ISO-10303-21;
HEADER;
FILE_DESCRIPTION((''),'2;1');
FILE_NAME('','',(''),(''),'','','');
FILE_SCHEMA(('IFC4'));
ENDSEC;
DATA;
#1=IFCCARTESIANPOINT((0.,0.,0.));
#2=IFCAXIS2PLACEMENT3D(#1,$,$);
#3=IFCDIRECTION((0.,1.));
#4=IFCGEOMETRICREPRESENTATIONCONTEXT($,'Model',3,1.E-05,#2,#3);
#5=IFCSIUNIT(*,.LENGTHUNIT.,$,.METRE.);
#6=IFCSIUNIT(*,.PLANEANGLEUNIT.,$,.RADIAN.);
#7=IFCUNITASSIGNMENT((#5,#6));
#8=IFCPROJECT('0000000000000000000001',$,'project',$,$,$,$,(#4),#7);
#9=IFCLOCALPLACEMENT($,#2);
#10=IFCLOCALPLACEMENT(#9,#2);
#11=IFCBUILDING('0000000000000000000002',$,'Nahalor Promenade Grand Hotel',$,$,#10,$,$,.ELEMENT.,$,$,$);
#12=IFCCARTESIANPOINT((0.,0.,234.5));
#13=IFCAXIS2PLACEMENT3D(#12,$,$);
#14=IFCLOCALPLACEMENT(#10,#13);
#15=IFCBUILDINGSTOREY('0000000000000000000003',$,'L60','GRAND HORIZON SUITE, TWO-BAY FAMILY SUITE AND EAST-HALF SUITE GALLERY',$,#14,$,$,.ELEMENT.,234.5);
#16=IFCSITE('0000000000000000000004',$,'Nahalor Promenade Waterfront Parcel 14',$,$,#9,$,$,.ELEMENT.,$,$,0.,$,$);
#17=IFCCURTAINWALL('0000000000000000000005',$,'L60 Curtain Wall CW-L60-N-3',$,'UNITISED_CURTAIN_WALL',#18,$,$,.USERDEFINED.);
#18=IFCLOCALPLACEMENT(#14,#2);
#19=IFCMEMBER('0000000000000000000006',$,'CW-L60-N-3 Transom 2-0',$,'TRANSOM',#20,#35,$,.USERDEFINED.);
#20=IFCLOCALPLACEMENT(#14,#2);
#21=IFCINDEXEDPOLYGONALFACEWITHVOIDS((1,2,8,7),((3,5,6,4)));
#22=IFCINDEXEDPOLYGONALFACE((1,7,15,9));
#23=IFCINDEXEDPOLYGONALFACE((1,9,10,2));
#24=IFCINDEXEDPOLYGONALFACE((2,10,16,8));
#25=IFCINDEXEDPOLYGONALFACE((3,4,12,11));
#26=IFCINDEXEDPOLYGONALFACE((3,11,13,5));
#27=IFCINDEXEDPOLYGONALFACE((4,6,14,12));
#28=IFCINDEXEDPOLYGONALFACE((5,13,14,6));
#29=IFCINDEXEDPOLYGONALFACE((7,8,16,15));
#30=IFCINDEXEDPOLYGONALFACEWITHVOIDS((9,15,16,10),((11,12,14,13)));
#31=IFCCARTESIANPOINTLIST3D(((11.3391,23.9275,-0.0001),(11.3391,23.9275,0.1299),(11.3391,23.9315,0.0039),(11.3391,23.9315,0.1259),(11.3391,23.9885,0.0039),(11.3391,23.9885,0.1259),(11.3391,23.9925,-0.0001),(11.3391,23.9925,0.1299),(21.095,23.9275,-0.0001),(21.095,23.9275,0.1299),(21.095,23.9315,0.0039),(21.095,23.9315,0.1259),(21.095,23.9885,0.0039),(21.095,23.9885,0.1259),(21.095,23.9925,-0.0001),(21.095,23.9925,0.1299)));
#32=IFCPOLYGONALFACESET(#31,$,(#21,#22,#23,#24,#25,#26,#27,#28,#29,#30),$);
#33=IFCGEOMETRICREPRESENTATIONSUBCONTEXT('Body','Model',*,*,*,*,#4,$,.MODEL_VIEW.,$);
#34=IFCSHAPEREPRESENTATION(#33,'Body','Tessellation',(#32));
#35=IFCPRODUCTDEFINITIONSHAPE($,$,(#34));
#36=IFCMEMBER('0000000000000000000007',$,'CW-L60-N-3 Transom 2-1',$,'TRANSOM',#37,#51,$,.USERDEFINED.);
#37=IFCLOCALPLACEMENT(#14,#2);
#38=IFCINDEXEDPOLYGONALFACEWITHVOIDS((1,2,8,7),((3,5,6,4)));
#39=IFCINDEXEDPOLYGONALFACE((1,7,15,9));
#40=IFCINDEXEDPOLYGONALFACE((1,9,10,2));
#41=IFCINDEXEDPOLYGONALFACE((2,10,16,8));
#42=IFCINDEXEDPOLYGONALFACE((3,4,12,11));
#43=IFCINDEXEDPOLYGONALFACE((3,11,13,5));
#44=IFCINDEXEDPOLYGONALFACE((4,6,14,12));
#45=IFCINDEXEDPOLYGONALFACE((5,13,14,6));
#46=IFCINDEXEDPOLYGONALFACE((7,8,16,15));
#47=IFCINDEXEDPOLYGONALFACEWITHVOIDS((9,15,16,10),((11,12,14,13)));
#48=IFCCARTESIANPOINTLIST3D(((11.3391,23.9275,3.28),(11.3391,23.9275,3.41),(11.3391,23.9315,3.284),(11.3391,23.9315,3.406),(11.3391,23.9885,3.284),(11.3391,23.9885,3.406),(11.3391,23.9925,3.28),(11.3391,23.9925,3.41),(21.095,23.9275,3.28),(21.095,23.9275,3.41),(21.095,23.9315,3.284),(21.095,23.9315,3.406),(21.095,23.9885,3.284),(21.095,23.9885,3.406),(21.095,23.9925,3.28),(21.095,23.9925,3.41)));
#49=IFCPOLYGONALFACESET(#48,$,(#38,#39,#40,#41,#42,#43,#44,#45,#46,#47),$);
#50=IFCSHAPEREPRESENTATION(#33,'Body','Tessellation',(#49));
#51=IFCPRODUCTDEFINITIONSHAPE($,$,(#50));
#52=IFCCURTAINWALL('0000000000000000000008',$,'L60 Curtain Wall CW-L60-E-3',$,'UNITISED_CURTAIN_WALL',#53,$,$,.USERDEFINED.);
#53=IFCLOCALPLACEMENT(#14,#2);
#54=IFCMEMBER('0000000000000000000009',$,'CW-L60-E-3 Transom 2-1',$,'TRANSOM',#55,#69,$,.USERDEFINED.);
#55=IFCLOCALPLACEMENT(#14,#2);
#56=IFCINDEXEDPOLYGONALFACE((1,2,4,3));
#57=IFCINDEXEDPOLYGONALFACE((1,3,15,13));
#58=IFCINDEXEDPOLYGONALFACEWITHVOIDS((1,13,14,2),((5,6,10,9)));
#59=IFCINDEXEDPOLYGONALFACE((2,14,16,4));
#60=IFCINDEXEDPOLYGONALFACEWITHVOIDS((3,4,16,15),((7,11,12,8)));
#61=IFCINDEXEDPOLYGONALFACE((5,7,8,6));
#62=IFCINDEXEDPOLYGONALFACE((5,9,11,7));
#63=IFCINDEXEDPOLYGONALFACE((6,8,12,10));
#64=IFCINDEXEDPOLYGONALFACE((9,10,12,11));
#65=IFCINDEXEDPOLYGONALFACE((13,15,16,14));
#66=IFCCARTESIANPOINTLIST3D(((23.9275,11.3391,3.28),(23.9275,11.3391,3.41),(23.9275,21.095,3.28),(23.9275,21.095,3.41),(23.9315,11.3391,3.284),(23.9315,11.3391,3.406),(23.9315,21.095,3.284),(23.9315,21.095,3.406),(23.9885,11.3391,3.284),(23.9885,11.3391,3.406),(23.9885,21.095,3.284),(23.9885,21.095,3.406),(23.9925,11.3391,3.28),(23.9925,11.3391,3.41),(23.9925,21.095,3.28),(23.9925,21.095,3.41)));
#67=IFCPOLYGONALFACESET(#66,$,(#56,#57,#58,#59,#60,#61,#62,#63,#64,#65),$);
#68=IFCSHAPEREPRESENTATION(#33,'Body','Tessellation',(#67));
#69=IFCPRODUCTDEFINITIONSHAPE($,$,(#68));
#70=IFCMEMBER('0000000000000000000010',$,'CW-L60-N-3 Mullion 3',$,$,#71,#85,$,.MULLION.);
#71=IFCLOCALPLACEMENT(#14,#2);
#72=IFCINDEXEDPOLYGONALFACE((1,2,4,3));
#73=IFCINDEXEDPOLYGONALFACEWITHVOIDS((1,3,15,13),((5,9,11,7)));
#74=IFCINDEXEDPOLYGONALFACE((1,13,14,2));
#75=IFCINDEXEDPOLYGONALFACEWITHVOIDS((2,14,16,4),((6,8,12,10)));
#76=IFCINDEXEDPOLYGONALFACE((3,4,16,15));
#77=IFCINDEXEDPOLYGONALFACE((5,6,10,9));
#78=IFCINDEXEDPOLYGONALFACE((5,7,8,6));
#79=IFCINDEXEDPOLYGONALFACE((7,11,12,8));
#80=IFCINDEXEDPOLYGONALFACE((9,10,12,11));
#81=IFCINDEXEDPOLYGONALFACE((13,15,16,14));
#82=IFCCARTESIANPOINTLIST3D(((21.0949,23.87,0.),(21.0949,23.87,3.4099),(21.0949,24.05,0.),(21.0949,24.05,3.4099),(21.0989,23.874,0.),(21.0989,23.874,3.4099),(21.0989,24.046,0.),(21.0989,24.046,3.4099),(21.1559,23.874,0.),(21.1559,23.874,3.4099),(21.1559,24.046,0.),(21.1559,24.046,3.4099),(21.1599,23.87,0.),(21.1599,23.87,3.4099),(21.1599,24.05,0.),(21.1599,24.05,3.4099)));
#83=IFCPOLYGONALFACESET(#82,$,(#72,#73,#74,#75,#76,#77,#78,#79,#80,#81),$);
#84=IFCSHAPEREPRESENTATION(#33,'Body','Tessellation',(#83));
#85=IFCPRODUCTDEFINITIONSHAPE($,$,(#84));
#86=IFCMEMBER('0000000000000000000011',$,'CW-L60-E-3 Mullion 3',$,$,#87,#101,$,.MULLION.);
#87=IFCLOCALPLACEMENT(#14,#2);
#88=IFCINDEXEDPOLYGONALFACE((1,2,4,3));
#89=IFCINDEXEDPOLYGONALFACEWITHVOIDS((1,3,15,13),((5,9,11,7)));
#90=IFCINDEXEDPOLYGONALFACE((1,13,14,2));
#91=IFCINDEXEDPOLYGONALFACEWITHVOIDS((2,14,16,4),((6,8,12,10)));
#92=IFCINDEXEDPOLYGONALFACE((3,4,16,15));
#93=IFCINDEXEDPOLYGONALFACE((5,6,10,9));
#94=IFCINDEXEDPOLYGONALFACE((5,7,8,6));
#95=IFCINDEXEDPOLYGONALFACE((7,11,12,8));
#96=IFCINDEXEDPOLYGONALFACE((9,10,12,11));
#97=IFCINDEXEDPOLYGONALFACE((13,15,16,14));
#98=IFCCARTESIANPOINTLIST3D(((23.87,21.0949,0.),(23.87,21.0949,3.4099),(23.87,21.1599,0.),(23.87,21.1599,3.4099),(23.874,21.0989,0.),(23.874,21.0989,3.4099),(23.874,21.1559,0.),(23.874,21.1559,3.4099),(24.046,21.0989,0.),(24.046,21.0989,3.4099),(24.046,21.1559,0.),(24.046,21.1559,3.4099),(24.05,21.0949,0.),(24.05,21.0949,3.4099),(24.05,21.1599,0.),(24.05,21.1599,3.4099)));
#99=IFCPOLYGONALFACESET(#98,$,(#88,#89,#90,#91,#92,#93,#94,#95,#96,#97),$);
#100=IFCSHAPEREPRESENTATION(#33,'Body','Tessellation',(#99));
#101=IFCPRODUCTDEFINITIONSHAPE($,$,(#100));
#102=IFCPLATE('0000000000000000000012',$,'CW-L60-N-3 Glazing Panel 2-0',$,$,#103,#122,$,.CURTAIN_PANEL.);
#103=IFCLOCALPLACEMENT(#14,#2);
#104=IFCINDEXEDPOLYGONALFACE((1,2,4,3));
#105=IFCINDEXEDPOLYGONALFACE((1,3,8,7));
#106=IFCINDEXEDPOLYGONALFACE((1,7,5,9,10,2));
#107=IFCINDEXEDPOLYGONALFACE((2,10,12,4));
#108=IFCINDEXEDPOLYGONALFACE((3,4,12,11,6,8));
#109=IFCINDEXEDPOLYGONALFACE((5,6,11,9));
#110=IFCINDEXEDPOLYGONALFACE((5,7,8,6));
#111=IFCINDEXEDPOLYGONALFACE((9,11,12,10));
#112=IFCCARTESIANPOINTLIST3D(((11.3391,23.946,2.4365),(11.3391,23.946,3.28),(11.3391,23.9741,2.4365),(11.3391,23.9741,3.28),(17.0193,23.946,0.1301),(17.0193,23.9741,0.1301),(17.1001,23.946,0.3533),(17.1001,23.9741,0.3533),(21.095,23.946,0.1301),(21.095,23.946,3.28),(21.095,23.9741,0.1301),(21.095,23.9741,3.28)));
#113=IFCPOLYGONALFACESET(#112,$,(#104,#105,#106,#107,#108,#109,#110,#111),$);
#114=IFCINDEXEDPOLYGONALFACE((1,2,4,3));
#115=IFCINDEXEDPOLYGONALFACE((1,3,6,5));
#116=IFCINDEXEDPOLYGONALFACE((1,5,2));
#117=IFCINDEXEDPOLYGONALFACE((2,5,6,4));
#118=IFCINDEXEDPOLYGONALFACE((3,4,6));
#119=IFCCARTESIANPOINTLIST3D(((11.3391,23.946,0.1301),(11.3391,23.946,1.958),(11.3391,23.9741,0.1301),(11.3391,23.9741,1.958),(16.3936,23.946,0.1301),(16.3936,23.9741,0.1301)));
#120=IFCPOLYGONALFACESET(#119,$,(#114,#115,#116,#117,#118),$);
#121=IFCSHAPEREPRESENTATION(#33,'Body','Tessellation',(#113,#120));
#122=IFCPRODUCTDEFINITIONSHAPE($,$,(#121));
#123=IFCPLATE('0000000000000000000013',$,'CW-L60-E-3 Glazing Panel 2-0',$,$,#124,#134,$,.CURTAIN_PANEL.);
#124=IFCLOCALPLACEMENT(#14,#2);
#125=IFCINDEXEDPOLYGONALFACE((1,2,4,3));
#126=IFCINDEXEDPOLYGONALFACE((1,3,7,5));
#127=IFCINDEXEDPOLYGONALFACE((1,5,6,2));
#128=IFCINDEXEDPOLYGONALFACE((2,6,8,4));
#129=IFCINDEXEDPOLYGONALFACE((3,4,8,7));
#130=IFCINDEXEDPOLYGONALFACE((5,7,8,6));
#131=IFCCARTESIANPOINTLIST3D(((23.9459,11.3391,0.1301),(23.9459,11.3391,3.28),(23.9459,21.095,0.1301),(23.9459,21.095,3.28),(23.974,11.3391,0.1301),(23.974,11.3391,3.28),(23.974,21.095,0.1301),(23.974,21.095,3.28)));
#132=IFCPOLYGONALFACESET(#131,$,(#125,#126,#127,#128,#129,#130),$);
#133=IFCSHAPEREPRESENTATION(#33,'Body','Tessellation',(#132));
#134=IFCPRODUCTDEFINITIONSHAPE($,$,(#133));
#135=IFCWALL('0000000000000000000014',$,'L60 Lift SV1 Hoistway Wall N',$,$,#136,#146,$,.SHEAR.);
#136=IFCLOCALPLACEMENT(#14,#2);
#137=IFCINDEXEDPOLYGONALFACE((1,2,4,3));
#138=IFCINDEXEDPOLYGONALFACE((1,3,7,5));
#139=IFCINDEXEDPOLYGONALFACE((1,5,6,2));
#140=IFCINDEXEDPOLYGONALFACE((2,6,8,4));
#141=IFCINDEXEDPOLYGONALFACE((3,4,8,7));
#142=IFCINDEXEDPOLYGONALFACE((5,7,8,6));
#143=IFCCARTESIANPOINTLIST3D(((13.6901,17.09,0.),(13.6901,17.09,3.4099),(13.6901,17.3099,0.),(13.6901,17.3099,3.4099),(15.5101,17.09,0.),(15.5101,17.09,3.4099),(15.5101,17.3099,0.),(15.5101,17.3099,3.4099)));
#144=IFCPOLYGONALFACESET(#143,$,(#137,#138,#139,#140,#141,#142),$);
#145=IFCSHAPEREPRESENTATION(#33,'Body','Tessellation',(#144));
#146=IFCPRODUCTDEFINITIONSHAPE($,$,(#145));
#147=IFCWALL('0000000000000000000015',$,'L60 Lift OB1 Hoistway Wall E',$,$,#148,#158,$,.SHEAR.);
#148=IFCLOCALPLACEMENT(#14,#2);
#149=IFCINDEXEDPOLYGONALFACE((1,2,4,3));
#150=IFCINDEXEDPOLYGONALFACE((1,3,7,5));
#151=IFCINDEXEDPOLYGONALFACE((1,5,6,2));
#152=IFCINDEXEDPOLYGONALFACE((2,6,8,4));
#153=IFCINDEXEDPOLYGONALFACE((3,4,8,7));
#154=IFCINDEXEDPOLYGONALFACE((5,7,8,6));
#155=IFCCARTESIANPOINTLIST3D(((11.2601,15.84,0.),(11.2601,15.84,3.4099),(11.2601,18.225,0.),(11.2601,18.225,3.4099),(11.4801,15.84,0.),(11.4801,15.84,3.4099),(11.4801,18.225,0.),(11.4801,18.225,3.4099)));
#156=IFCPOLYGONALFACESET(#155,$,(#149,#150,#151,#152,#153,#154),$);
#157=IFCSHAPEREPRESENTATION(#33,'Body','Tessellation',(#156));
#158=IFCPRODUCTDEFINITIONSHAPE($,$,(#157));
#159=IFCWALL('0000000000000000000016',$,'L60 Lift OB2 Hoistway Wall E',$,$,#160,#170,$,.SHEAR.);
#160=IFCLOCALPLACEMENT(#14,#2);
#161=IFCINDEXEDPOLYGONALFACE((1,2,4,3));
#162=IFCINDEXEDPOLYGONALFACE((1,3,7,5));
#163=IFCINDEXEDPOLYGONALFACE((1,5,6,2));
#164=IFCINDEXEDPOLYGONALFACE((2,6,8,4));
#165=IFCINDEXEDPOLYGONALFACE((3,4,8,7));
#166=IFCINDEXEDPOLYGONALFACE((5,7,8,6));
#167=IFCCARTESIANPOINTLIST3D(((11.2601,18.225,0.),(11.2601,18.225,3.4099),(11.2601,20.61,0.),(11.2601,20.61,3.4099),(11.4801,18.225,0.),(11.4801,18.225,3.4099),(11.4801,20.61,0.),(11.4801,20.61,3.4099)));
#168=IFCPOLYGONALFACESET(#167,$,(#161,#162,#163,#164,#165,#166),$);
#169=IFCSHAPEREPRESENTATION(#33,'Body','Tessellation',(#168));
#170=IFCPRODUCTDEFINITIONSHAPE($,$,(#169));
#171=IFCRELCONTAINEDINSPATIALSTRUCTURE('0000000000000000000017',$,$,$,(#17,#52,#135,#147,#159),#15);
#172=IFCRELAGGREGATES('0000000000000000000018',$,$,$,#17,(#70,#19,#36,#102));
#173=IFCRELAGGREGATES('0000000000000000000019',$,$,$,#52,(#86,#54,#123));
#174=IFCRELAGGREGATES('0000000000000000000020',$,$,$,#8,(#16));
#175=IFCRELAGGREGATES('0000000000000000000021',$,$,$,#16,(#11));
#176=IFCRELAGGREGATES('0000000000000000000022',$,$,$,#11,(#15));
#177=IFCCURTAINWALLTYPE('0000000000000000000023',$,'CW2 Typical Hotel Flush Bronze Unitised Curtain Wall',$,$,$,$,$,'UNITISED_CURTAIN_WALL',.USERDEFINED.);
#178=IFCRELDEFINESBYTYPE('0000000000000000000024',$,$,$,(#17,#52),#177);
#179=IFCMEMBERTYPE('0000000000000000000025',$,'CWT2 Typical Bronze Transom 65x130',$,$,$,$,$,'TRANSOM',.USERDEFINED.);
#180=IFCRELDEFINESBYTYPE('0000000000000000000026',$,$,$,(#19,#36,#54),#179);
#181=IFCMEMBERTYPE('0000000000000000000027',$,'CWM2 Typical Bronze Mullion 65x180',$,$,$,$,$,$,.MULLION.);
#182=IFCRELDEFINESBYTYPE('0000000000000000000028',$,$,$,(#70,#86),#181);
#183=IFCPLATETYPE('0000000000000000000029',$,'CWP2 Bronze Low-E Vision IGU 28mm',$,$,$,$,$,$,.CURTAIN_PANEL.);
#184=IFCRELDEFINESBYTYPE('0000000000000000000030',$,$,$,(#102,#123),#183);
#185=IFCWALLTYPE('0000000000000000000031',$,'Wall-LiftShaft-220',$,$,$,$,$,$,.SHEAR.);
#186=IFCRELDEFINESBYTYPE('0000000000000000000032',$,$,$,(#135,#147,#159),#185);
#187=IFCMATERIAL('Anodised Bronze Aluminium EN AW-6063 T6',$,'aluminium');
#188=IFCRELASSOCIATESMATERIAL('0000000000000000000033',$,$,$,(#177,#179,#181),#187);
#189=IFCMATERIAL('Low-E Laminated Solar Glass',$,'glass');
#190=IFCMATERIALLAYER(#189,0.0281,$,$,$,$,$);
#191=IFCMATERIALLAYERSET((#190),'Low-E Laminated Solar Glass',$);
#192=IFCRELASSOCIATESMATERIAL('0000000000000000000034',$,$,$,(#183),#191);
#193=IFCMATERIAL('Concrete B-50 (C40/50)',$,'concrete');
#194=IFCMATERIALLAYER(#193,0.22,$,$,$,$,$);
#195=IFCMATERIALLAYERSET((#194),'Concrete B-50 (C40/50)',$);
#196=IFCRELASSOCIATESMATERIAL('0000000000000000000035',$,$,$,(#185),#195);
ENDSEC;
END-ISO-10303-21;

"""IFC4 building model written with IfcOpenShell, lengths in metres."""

from ifc_helpers import new_model, si_unit, direction, frame, frame_2d, origin, origin_2d, place, context, subcontext, project, spatial, polyline, rectangle, hollow_rectangle, outline, extrude, source, transform, mapped, material, layer, layer_set, material_profile, profile_set, type_object, element, aggregate, save


model = new_model("IFC4")

# Units and contexts
model_context = context("Model", 3, precision=1e-05, world=origin(), true_north=direction((0.0, 1.0)))
body_context = subcontext(model_context, "Body", "Model", "MODEL_VIEW")
ifc_project = project(units=[si_unit("LENGTHUNIT", "METRE"), si_unit("PLANEANGLEUNIT", "RADIAN")], contexts=[model_context])

# Site, building, storey
site_placement = place(None, origin())
site = spatial("IfcSite", under=ifc_project, at=site_placement, Name="Nahalor Promenade Waterfront Parcel 14", CompositionType="ELEMENT", RefElevation=0.0)
building_placement = place(site_placement, origin())
building = spatial("IfcBuilding", under=site, at=building_placement, Name="Nahalor Promenade Grand Hotel", CompositionType="ELEMENT")
storey_placement = place(building_placement, frame((0.0, 0.0, 234.5)))
storey = spatial("IfcBuildingStorey", under=building, at=storey_placement, Name="L60", Description="GRAND HORIZON SUITE, TWO-BAY FAMILY SUITE AND EAST-HALF SUITE GALLERY", CompositionType="ELEMENT", Elevation=234.5)

# Curtain wall, members
ifc_material_1 = material(Name="Anodised Bronze Aluminium EN AW-6063 T6", Category="aluminium")
curtain_wall_type = type_object("IfcCurtainWallType", Name="CW2 Typical Hotel Flush Bronze Unitised Curtain Wall", ElementType="UNITISED_CURTAIN_WALL", PredefinedType="USERDEFINED", material=ifc_material_1)
curtain_wall_1_placement = place(storey_placement, origin())
curtain_wall_1 = element("IfcCurtainWall", 1, at=curtain_wall_1_placement, inside=storey, type_object=curtain_wall_type, Name="L60 Curtain Wall CW-L60-N-3", ObjectType="UNITISED_CURTAIN_WALL", PredefinedType="USERDEFINED")
ifc_material_profile_1 = material_profile(ifc_material_1, hollow_rectangle(XDim=0.065, YDim=0.13, WallThickness=0.004, at=origin_2d()), Name="CWT 65x130x4")
ifc_profile_set_1 = profile_set([ifc_material_profile_1], Name="Anodised Bronze Aluminium EN AW-6063 T6")
member_type_1 = type_object("IfcMemberType", Name="CWT2 Typical Bronze Transom 65x130", ElementType="TRANSOM", PredefinedType="USERDEFINED", material=ifc_profile_set_1)
shared_shape_1 = source(origin(), body_context, "Body", "SweptSolid", [
    extrude(hollow_rectangle(XDim=0.065, YDim=0.13, WallThickness=0.004, at=origin_2d()), origin(), (0.0, 0.0, 1.0), 9.7559),
])
member_1_placement = place(storey_placement, frame((11.3391, 23.96, 0.0649), z_axis=(1.0, 0.0, 0.0), x_axis=(0.0, 1.0, 0.0)))
member_1 = element("IfcMember", 2, at=member_1_placement, type_object=member_type_1, Name="CW-L60-N-3 Transom 2-0", ObjectType="TRANSOM", PredefinedType="USERDEFINED", context=body_context, shape_type="MappedRepresentation", body=[
    mapped(shared_shape_1, transform((0.0, 0.0, 0.0), scale=1.0)),
])
member_2_placement = place(storey_placement, frame((11.3391, 23.96, 3.345), z_axis=(1.0, 0.0, 0.0), x_axis=(0.0, 1.0, 0.0)))
member_2 = element("IfcMember", 3, at=member_2_placement, type_object=member_type_1, Name="CW-L60-N-3 Transom 2-1", ObjectType="TRANSOM", PredefinedType="USERDEFINED", context=body_context, shape_type="MappedRepresentation", body=[
    mapped(shared_shape_1, transform((0.0, 0.0, 0.0), scale=1.0)),
])

# Curtain wall, member
curtain_wall_2_placement = place(storey_placement, origin())
curtain_wall_2 = element("IfcCurtainWall", 4, at=curtain_wall_2_placement, inside=storey, type_object=curtain_wall_type, Name="L60 Curtain Wall CW-L60-E-3", ObjectType="UNITISED_CURTAIN_WALL", PredefinedType="USERDEFINED")
member_3_placement = place(storey_placement, frame((23.96, 11.3391, 3.345), z_axis=(0.0, 1.0, 0.0), x_axis=(-1.0, 0.0, 0.0)))
member_3 = element("IfcMember", 5, at=member_3_placement, type_object=member_type_1, Name="CW-L60-E-3 Transom 2-1", ObjectType="TRANSOM", PredefinedType="USERDEFINED", context=body_context, shape_type="MappedRepresentation", body=[
    mapped(shared_shape_1, transform((0.0, 0.0, 0.0), scale=1.0)),
])

# Members
ifc_material_profile_2 = material_profile(ifc_material_1, hollow_rectangle(XDim=0.065, YDim=0.18, WallThickness=0.004, at=origin_2d()), Name="CWM 65x180x4")
ifc_profile_set_2 = profile_set([ifc_material_profile_2], Name="Anodised Bronze Aluminium EN AW-6063 T6")
member_type_2 = type_object("IfcMemberType", Name="CWM2 Typical Bronze Mullion 65x180", PredefinedType="MULLION", material=ifc_profile_set_2)
shared_shape_2 = source(origin(), body_context, "Body", "SweptSolid", [
    extrude(hollow_rectangle(XDim=0.065, YDim=0.18, WallThickness=0.004, at=origin_2d()), origin(), (0.0, 0.0, 1.0), 3.4099),
])
member_4_placement = place(storey_placement, frame((21.1274, 23.96, 0.0), z_axis=(0.0, 0.0, 1.0), x_axis=(1.0, 0.0, 0.0)))
member_4 = element("IfcMember", 6, at=member_4_placement, type_object=member_type_2, Name="CW-L60-N-3 Mullion 3", PredefinedType="MULLION", context=body_context, shape_type="MappedRepresentation", body=[
    mapped(shared_shape_2, transform((0.0, 0.0, 0.0), scale=1.0)),
])
member_5_placement = place(storey_placement, frame((23.96, 21.1274, 0.0), z_axis=(0.0, 0.0, 1.0), x_axis=(0.0, 1.0, 0.0)))
member_5 = element("IfcMember", 7, at=member_5_placement, type_object=member_type_2, Name="CW-L60-E-3 Mullion 3", PredefinedType="MULLION", context=body_context, shape_type="MappedRepresentation", body=[
    mapped(shared_shape_2, transform((0.0, 0.0, 0.0), scale=1.0)),
])

# Plates
ifc_material_2 = material(Name="Low-E Laminated Solar Glass", Category="glass")
ifc_layer_1 = layer(ifc_material_2, 0.0281)
ifc_layer_set_1 = layer_set([ifc_layer_1], Name="Low-E Laminated Solar Glass")
plate_type = type_object("IfcPlateType", Name="CWP2 Bronze Low-E Vision IGU 28mm", PredefinedType="CURTAIN_PANEL", material=ifc_layer_set_1)
plate_1_placement = place(storey_placement, frame((16.217, 23.96, 0.1301), z_axis=(0.0, 0.0, 1.0), x_axis=(1.0, 0.0, 0.0)))
plate_1 = element("IfcPlate", 8, at=plate_1_placement, type_object=plate_type, Name="CW-L60-N-3 Glazing Panel 2-0", PredefinedType="CURTAIN_PANEL", context=body_context, shape_type="SweptSolid", body=[
    extrude(outline(polyline([(4.8779, 3.1499), (-4.8779, 3.1499), (-4.8779, 2.3064), (0.8831, 0.2231), (0.8022, 0.0), (4.8779, 0.0), (4.8779, 3.1499)])), frame((0.0, 0.0142, 0.0), z_axis=(0.0, -1.0, 0.0), x_axis=(1.0, 0.0, 0.0)), (0.0, 0.0, 1.0), 0.0281),
    extrude(outline(polyline([(-4.8779, 1.8279), (-4.8779, 0.0), (0.1765, 0.0), (-4.8779, 1.8279)])), frame((0.0, 0.0142, 0.0), z_axis=(0.0, -1.0, 0.0), x_axis=(1.0, 0.0, 0.0)), (0.0, 0.0, 1.0), 0.0281),
])
aggregate(curtain_wall_1, [member_4, member_1, member_2, plate_1])
shared_shape_3 = source(origin(), body_context, "Body", "SweptSolid", [
    extrude(rectangle(XDim=9.7559, YDim=0.0281, at=origin_2d()), origin(), (0.0, 0.0, 1.0), 3.1499),
])
plate_2_placement = place(storey_placement, frame((23.96, 16.217, 0.1301), z_axis=(0.0, 0.0, 1.0), x_axis=(0.0, 1.0, 0.0)))
plate_2 = element("IfcPlate", 9, at=plate_2_placement, type_object=plate_type, Name="CW-L60-E-3 Glazing Panel 2-0", PredefinedType="CURTAIN_PANEL", context=body_context, shape_type="MappedRepresentation", body=[
    mapped(shared_shape_3, transform((0.0, 0.0, 0.0), scale=1.0)),
])
aggregate(curtain_wall_2, [member_5, member_3, plate_2])

# Walls
ifc_material_3 = material(Name="Concrete B-50 (C40/50)", Category="concrete")
ifc_layer_2 = layer(ifc_material_3, 0.22)
ifc_layer_set_2 = layer_set([ifc_layer_2], Name="Concrete B-50 (C40/50)")
wall_type_1 = type_object("IfcWallType", Name="Wall-LiftShaft-220", PredefinedType="SHEAR", material=ifc_layer_set_2)
shared_shape_4 = source(origin(), body_context, "Body", "SweptSolid", [
    extrude(rectangle(XDim=1.8201, YDim=0.22, at=frame_2d((0.9102, 0.0))), origin(), (0.0, 0.0, 1.0), 3.4099),
])
wall_1_placement = place(storey_placement, frame((13.6899, 17.2, 0.0), z_axis=(0.0, 0.0, 1.0), x_axis=(1.0, 0.0, 0.0)))
element("IfcWall", 10, at=wall_1_placement, inside=storey, type_object=wall_type_1, Name="L60 Lift SV1 Hoistway Wall N", PredefinedType="SHEAR", context=body_context, shape_type="MappedRepresentation", body=[
    mapped(shared_shape_4, transform((0.0, 0.0, 0.0), scale=1.0)),
])
shared_shape_5 = source(origin(), body_context, "Body", "SweptSolid", [
    extrude(rectangle(XDim=2.385, YDim=0.22, at=frame_2d((1.1924, 0.0))), origin(), (0.0, 0.0, 1.0), 3.4099),
])
for number, where, z_axis, x_axis, name in (
    (11, (11.3701, 15.8401, 0.0), (0.0, 0.0, 1.0), (0.0, 1.0, 0.0), "L60 Lift OB1 Hoistway Wall E"),
    (12, (11.3701, 18.2251, 0.0), (0.0, 0.0, 1.0), (0.0, 1.0, 0.0), "L60 Lift OB2 Hoistway Wall E"),
):
    element("IfcWall", number, at=place(storey_placement, frame(where, z_axis=z_axis, x_axis=x_axis)), inside=storey, type_object=wall_type_1, Name=name, PredefinedType="SHEAR", context=body_context, shape_type="MappedRepresentation", body=[
        mapped(shared_shape_5, transform((0.0, 0.0, 0.0), scale=1.0)),
    ])

save(model, "model.ifc")
